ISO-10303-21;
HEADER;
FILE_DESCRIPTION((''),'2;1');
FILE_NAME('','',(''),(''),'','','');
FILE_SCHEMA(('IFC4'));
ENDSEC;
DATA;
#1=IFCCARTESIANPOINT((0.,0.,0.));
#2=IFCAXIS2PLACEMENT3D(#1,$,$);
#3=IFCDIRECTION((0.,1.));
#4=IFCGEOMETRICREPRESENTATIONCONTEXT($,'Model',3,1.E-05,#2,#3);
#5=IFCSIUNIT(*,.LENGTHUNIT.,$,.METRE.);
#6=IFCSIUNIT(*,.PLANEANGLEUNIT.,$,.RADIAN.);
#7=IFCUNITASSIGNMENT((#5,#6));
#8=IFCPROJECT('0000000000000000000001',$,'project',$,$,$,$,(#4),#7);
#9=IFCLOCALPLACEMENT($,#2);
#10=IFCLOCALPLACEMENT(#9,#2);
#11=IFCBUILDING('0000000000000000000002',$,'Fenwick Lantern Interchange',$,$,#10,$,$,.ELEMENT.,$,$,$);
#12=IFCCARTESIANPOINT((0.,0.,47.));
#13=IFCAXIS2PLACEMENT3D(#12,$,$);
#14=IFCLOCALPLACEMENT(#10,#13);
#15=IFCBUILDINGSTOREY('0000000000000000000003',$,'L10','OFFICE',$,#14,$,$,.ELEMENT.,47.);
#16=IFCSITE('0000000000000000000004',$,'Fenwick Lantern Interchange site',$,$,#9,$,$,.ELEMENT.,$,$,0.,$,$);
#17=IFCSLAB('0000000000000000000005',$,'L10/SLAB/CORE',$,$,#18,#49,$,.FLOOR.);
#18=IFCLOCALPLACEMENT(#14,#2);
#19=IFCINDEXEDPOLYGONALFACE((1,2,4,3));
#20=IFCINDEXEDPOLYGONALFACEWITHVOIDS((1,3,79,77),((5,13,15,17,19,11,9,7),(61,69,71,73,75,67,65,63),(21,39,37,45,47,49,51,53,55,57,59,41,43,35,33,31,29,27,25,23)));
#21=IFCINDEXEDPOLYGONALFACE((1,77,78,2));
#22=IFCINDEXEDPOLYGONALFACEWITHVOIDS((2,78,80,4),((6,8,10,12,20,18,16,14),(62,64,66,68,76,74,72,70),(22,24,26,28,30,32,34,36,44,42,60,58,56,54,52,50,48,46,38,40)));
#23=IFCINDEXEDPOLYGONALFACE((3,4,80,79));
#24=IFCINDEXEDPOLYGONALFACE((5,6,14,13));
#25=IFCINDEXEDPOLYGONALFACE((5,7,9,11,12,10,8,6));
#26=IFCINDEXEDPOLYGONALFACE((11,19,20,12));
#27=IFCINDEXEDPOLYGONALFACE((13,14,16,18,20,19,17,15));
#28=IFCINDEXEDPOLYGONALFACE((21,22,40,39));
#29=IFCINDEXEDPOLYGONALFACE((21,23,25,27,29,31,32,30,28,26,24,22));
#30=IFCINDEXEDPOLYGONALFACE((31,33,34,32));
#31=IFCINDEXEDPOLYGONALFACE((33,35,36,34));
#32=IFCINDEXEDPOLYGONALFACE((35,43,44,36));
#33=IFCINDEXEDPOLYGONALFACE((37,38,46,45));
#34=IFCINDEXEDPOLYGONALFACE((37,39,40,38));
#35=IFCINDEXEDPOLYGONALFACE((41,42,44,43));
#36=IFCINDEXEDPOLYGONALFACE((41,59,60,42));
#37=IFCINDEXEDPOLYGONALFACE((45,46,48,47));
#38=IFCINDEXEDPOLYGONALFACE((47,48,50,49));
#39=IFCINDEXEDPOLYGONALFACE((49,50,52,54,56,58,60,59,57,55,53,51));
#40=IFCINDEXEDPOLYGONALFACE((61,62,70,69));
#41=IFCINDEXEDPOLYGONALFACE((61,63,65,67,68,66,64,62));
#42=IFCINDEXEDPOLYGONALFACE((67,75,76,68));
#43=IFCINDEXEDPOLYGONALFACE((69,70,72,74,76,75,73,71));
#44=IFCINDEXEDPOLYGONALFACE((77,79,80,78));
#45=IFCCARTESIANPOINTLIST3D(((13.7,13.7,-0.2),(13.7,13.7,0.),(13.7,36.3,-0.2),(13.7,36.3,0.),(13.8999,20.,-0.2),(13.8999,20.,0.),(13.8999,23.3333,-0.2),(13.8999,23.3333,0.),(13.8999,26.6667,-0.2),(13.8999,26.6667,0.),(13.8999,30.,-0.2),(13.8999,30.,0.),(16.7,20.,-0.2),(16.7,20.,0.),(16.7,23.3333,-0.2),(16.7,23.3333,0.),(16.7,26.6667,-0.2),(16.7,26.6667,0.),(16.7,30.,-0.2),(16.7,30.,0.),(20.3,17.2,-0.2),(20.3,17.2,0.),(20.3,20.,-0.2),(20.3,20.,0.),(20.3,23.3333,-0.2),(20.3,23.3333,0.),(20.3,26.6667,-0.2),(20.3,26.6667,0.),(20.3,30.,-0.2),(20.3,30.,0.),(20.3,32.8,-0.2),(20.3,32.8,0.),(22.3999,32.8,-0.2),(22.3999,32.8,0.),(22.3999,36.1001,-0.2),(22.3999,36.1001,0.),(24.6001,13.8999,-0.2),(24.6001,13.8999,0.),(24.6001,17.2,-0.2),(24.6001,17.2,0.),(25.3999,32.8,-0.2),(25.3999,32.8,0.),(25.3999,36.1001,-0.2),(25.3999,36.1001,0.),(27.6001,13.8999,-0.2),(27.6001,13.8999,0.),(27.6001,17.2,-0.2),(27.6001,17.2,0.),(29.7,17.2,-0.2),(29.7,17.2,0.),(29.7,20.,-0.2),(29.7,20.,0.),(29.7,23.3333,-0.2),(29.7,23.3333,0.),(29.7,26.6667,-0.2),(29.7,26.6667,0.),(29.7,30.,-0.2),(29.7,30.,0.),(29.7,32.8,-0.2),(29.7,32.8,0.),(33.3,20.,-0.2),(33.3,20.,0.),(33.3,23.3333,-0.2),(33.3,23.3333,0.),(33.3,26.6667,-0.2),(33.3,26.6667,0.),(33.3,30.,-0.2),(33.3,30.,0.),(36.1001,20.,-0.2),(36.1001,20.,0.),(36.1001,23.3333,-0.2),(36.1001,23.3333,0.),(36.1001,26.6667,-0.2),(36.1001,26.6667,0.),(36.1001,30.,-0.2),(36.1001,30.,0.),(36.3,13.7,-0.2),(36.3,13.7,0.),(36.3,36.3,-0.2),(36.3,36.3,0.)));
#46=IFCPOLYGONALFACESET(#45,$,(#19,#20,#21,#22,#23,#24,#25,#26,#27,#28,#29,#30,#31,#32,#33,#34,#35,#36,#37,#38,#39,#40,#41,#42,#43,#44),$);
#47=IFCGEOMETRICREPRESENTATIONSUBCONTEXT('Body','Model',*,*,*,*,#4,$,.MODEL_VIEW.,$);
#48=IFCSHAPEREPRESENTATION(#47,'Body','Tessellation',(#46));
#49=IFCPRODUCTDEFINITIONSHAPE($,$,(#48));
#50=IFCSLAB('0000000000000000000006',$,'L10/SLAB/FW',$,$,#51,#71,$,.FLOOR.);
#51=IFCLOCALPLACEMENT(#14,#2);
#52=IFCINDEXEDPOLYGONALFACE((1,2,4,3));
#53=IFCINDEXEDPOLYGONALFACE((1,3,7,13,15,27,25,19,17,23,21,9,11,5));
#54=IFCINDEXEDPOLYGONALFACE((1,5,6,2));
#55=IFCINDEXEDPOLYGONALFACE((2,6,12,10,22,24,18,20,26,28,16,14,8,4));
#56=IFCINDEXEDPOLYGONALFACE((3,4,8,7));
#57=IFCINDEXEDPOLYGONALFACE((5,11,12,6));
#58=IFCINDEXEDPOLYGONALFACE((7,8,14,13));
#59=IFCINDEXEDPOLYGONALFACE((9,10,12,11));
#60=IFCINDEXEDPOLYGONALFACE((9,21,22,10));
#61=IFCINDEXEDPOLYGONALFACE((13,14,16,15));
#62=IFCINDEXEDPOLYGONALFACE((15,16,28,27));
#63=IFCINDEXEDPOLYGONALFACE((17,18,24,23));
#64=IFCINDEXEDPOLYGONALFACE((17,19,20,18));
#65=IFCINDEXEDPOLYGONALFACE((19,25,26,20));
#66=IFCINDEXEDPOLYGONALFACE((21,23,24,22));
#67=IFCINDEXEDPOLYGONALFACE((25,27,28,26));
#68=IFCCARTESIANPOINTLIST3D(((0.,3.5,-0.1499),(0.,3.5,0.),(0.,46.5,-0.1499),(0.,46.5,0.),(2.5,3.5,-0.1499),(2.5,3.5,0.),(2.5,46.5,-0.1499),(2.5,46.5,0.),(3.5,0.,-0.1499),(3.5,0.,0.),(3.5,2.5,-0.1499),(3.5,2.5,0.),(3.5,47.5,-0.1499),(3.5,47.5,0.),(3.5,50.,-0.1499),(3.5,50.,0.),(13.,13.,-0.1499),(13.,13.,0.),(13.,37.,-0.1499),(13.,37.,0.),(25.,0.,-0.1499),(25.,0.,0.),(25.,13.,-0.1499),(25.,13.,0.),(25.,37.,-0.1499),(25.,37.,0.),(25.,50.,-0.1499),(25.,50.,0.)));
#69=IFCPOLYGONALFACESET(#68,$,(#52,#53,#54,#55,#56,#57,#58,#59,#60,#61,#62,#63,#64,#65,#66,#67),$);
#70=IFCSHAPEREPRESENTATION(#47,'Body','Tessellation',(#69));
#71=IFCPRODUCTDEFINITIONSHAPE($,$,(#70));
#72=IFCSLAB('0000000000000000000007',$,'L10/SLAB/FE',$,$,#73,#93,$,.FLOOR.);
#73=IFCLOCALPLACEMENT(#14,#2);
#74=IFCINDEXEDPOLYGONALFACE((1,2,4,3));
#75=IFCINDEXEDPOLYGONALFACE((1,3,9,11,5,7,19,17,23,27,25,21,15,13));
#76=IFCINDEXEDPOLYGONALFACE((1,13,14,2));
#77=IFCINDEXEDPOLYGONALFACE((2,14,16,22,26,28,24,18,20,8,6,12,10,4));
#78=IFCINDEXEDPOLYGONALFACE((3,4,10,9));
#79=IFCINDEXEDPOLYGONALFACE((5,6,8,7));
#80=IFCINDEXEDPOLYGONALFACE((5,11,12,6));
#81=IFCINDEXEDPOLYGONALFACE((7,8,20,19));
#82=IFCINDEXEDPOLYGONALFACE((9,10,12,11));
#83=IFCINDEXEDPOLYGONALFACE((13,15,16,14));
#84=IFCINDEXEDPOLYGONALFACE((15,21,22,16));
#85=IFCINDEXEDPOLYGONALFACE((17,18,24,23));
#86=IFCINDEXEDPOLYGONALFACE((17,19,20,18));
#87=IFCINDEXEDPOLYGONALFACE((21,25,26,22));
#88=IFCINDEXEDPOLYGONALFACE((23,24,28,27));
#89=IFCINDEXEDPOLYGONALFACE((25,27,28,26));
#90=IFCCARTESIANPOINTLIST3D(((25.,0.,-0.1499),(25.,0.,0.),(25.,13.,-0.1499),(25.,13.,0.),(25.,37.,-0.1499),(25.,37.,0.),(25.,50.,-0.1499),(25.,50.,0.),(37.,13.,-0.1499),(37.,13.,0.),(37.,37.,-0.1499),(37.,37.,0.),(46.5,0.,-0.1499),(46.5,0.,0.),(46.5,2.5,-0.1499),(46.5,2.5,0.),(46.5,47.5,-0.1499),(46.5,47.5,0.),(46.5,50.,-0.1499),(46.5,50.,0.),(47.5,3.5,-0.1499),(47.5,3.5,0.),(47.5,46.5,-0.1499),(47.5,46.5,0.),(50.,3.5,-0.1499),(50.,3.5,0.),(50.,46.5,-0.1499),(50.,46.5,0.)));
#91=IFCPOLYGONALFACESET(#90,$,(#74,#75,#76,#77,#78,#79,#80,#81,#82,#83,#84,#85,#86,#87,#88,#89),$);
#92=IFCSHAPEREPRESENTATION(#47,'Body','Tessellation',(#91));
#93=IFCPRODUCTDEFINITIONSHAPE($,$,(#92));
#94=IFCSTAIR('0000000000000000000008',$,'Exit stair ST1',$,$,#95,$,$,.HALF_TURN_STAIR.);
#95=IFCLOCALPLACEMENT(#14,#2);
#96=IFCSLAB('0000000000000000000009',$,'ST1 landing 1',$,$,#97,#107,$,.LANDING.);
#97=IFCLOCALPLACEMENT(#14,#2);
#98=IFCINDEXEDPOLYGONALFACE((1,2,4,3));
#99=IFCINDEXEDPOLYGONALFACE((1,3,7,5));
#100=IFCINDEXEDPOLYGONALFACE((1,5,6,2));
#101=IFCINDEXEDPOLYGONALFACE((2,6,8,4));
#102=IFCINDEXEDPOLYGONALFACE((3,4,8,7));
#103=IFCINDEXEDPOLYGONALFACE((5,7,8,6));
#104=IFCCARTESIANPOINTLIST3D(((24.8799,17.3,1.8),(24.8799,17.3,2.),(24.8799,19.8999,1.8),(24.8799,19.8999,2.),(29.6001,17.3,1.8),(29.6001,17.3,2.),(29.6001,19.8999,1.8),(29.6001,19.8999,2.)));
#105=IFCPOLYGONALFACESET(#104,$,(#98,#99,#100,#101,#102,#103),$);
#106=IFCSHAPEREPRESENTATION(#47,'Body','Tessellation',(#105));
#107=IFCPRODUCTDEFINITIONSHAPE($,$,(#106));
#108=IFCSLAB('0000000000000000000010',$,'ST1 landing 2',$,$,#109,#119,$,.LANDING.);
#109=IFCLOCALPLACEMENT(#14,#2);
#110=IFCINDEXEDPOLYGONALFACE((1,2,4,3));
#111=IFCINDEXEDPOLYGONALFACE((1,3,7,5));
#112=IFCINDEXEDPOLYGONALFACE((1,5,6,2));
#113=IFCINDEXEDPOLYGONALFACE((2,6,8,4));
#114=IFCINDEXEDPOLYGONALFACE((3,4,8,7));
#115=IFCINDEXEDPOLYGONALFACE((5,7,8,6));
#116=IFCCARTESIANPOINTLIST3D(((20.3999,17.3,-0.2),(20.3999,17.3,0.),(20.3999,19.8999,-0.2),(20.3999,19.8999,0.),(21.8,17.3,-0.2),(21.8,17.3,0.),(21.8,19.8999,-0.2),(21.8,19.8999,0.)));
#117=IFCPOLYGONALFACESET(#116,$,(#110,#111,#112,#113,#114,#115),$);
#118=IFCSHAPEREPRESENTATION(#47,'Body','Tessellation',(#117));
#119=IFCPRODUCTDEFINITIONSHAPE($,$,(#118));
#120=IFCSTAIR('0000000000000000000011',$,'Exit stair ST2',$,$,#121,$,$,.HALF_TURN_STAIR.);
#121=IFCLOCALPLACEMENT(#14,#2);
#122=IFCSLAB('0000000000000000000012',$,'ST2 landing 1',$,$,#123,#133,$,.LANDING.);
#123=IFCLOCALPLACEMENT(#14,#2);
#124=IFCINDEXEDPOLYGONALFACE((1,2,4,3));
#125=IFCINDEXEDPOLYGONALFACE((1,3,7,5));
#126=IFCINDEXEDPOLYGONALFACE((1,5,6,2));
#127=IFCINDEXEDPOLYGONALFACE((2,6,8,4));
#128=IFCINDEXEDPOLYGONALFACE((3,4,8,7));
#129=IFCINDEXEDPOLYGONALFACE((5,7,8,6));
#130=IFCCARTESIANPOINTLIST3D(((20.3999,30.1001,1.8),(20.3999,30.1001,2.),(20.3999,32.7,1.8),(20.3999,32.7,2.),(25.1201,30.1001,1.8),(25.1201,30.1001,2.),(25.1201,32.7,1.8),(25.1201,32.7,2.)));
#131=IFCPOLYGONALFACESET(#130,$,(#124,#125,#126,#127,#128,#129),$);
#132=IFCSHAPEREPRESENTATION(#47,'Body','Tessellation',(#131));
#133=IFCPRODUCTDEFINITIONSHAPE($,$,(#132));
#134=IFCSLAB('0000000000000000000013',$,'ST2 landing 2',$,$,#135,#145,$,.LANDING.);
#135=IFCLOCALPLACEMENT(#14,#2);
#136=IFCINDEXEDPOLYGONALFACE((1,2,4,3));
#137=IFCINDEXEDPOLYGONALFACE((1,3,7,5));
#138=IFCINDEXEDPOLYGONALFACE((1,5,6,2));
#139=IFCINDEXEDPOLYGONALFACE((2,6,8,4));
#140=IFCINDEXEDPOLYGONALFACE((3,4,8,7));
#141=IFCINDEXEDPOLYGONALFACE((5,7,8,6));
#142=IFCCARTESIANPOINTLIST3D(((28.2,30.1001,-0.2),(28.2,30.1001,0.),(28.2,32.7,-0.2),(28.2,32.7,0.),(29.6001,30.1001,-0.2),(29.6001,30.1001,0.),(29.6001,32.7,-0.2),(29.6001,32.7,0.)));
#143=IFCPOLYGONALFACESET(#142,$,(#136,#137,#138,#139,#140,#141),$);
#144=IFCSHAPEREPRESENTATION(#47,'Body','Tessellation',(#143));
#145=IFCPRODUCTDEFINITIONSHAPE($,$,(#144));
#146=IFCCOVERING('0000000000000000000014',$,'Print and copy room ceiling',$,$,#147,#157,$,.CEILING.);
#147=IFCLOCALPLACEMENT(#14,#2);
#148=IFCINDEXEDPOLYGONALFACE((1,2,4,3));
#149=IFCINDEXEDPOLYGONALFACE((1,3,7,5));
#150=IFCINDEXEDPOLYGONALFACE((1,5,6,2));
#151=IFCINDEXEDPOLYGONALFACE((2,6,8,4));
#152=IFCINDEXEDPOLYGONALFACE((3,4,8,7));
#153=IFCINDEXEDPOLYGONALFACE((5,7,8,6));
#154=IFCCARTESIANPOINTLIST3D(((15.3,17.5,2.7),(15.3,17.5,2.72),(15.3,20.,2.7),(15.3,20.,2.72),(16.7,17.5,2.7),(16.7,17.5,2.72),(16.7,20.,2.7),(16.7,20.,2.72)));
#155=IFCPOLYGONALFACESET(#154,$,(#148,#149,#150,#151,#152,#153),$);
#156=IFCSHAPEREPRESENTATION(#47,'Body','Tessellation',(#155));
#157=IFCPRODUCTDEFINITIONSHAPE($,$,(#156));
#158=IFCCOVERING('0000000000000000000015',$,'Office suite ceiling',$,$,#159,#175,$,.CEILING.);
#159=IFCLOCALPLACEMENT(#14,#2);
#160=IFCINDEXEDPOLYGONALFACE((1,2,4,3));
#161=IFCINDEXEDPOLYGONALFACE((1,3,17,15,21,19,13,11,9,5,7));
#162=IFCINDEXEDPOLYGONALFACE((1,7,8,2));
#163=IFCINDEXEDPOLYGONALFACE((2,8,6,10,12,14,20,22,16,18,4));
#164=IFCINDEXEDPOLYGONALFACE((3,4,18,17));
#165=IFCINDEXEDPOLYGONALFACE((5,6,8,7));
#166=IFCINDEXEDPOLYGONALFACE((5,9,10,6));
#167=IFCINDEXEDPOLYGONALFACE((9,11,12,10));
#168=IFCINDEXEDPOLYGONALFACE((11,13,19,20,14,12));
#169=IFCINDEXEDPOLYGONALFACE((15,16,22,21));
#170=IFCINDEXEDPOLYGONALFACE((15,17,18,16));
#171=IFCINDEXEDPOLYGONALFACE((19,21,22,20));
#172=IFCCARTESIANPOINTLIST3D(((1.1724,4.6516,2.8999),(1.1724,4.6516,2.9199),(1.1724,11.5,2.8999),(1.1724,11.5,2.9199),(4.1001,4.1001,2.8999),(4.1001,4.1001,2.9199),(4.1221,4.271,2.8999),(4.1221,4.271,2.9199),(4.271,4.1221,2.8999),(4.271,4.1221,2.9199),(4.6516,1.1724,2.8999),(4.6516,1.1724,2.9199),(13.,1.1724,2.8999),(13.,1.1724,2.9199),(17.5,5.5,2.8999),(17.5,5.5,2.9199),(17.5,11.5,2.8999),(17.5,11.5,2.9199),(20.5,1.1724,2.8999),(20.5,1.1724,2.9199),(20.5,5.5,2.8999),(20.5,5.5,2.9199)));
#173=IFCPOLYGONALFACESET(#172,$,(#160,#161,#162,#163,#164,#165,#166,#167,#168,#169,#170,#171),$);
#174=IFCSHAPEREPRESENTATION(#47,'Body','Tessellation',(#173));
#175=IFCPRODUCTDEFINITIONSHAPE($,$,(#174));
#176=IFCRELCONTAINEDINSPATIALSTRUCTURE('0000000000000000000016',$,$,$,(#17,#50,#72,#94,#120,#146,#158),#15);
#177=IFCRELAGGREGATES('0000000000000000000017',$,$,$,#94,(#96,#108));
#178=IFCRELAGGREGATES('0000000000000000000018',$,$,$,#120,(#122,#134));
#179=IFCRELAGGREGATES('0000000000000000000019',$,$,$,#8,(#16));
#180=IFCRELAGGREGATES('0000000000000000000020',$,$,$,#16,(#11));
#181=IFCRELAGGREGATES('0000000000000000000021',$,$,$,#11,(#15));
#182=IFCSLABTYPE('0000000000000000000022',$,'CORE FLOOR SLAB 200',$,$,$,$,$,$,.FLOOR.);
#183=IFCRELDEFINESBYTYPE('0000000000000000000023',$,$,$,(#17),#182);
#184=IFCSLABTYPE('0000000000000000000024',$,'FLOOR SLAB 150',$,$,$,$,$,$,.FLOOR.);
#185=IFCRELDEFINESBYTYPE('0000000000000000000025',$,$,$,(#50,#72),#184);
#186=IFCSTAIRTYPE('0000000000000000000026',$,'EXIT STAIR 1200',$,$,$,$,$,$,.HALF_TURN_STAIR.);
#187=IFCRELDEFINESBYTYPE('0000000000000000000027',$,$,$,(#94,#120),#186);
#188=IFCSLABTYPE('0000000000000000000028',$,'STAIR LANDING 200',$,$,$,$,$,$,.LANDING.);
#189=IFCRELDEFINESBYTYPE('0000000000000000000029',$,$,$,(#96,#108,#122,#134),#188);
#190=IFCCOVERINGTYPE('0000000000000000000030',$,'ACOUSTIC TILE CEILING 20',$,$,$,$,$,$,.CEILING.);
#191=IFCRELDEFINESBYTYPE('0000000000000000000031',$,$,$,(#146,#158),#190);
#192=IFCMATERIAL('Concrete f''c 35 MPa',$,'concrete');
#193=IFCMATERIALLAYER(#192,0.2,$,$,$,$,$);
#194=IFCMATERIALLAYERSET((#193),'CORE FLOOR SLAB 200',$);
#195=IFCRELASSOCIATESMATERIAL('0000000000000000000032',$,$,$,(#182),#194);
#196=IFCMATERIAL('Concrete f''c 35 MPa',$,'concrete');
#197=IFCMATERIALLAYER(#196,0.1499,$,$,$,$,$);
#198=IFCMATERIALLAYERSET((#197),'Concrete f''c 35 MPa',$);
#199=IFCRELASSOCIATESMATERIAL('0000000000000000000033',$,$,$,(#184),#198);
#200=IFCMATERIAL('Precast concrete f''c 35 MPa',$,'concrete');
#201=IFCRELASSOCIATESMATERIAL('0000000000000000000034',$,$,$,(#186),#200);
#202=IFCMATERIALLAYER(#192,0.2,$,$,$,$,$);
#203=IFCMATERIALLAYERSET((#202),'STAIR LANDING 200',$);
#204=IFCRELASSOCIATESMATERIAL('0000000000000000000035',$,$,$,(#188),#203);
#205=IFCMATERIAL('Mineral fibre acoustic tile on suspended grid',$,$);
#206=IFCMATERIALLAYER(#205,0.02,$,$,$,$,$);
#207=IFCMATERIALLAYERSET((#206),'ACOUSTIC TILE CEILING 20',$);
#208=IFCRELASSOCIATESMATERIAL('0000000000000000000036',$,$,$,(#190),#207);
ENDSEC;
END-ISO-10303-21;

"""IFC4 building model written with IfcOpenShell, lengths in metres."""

from ifc_helpers import new_model, si_unit, direction, frame, origin, place, context, subcontext, project, spatial, polyline, outline, extrude, material, layer, layer_set, type_object, element, aggregate, save


model = new_model("IFC4")

# Units and contexts
model_context = context("Model", 3, precision=1e-05, world=origin(), true_north=direction((0.0, 1.0)))
body_context = subcontext(model_context, "Body", "Model", "MODEL_VIEW")
ifc_project = project(units=[si_unit("LENGTHUNIT", "METRE"), si_unit("PLANEANGLEUNIT", "RADIAN")], contexts=[model_context])

# Site, building, storey
site_placement = place(None, origin())
site = spatial("IfcSite", under=ifc_project, at=site_placement, Name="Fenwick Lantern Interchange site", CompositionType="ELEMENT", RefElevation=0.0)
building_placement = place(site_placement, origin())
building = spatial("IfcBuilding", under=site, at=building_placement, Name="Fenwick Lantern Interchange", CompositionType="ELEMENT")
storey_placement = place(building_placement, frame((0.0, 0.0, 47.0)))
storey = spatial("IfcBuildingStorey", under=building, at=storey_placement, Name="L10", Description="OFFICE", CompositionType="ELEMENT", Elevation=47.0)

# Slabs
ifc_material_1 = material(Name="Concrete f'c 35 MPa", Category="concrete")
ifc_layer_1 = layer(ifc_material_1, 0.2)
ifc_layer_set_1 = layer_set([ifc_layer_1], Name="CORE FLOOR SLAB 200")
slab_type_1 = type_object("IfcSlabType", Name="CORE FLOOR SLAB 200", PredefinedType="FLOOR", material=ifc_layer_set_1)
slab_1_placement = place(storey_placement, frame((0.0, 0.0, -0.2)))
element("IfcSlab", 1, at=slab_1_placement, inside=storey, type_object=slab_type_1, Name="L10/SLAB/CORE", PredefinedType="FLOOR", context=body_context, shape_type="SweptSolid", body=[
    extrude(outline(polyline([(13.7, 36.3), (36.3, 36.3), (36.3, 13.7), (13.7, 13.7), (13.7, 36.3)]), holes=[polyline([(13.8999, 20.0), (16.7, 20.0), (16.7, 23.3333), (16.7, 26.6667), (16.7, 30.0), (13.8999, 30.0), (13.8999, 26.6667), (13.8999, 23.3333), (13.8999, 20.0)]), polyline([(20.3, 20.0), (20.3, 17.2), (24.6001, 17.2), (24.6001, 13.8999), (27.6001, 13.8999), (27.6001, 17.2), (29.7, 17.2), (29.7, 20.0), (29.7, 23.3333), (29.7, 26.6667), (29.7, 30.0), (29.7, 32.8), (25.3999, 32.8), (25.3999, 36.1001), (22.3999, 36.1001), (22.3999, 32.8), (20.3, 32.8), (20.3, 30.0), (20.3, 26.6667), (20.3, 23.3333), (20.3, 20.0)]), polyline([(33.3, 23.3333), (33.3, 20.0), (36.1001, 20.0), (36.1001, 23.3333), (36.1001, 26.6667), (36.1001, 30.0), (33.3, 30.0), (33.3, 26.6667), (33.3, 23.3333)])]), origin(), (0.0, 0.0, 1.0), 0.2),
])
ifc_material_2 = material(Name="Concrete f'c 35 MPa", Category="concrete")
ifc_layer_2 = layer(ifc_material_2, 0.1499)
ifc_layer_set_2 = layer_set([ifc_layer_2], Name="Concrete f'c 35 MPa")
slab_type_2 = type_object("IfcSlabType", Name="FLOOR SLAB 150", PredefinedType="FLOOR", material=ifc_layer_set_2)
slab_2_placement = place(storey_placement, frame((0.0, 0.0, -0.1499)))
element("IfcSlab", 2, at=slab_2_placement, inside=storey, type_object=slab_type_2, Name="L10/SLAB/FW", PredefinedType="FLOOR", context=body_context, shape_type="SweptSolid", body=[
    extrude(outline(polyline([(3.5, 0.0), (3.5, 2.5), (2.5, 3.5), (0.0, 3.5), (0.0, 46.5), (2.5, 46.5), (3.5, 47.5), (3.5, 50.0), (25.0, 50.0), (25.0, 37.0), (13.0, 37.0), (13.0, 13.0), (25.0, 13.0), (25.0, 0.0), (3.5, 0.0)])), origin(), (0.0, 0.0, 1.0), 0.1499),
])
slab_3_placement = place(storey_placement, frame((0.0, 0.0, -0.1499)))
element("IfcSlab", 3, at=slab_3_placement, inside=storey, type_object=slab_type_2, Name="L10/SLAB/FE", PredefinedType="FLOOR", context=body_context, shape_type="SweptSolid", body=[
    extrude(outline(polyline([(46.5, 50.0), (46.5, 47.5), (47.5, 46.5), (50.0, 46.5), (50.0, 3.5), (47.5, 3.5), (46.5, 2.5), (46.5, 0.0), (25.0, 0.0), (25.0, 13.0), (37.0, 13.0), (37.0, 37.0), (25.0, 37.0), (25.0, 50.0), (46.5, 50.0)])), origin(), (0.0, 0.0, 1.0), 0.1499),
])

# Stairs, slabs
ifc_material_3 = material(Name="Precast concrete f'c 35 MPa", Category="concrete")
stair_type = type_object("IfcStairType", Name="EXIT STAIR 1200", PredefinedType="HALF_TURN_STAIR", material=ifc_material_3)
stair_1_placement = place(storey_placement, origin())
stair_1 = element("IfcStair", 4, at=stair_1_placement, inside=storey, type_object=stair_type, Name="Exit stair ST1", PredefinedType="HALF_TURN_STAIR")
ifc_layer_3 = layer(ifc_material_1, 0.2)
ifc_layer_set_3 = layer_set([ifc_layer_3], Name="STAIR LANDING 200")
slab_type_3 = type_object("IfcSlabType", Name="STAIR LANDING 200", PredefinedType="LANDING", material=ifc_layer_set_3)
slab_4_placement = place(storey_placement, frame((0.0, 0.0, 1.8)))
slab_4 = element("IfcSlab", 5, at=slab_4_placement, type_object=slab_type_3, Name="ST1 landing 1", PredefinedType="LANDING", context=body_context, shape_type="SweptSolid", body=[
    extrude(outline(polyline([(24.8799, 17.3), (29.6001, 17.3), (29.6001, 19.8999), (24.8799, 19.8999), (24.8799, 17.3)])), origin(), (0.0, 0.0, 1.0), 0.2),
])
slab_5_placement = place(storey_placement, frame((0.0, 0.0, -0.2)))
slab_5 = element("IfcSlab", 6, at=slab_5_placement, type_object=slab_type_3, Name="ST1 landing 2", PredefinedType="LANDING", context=body_context, shape_type="SweptSolid", body=[
    extrude(outline(polyline([(20.3999, 17.3), (21.8, 17.3), (21.8, 19.8999), (20.3999, 19.8999), (20.3999, 17.3)])), origin(), (0.0, 0.0, 1.0), 0.2),
])
aggregate(stair_1, [slab_4, slab_5])
stair_2_placement = place(storey_placement, origin())
stair_2 = element("IfcStair", 7, at=stair_2_placement, inside=storey, type_object=stair_type, Name="Exit stair ST2", PredefinedType="HALF_TURN_STAIR")
slab_6_placement = place(storey_placement, frame((0.0, 0.0, 1.8)))
slab_6 = element("IfcSlab", 8, at=slab_6_placement, type_object=slab_type_3, Name="ST2 landing 1", PredefinedType="LANDING", context=body_context, shape_type="SweptSolid", body=[
    extrude(outline(polyline([(25.1201, 32.7), (20.3999, 32.7), (20.3999, 30.1001), (25.1201, 30.1001), (25.1201, 32.7)])), origin(), (0.0, 0.0, 1.0), 0.2),
])
slab_7_placement = place(storey_placement, frame((0.0, 0.0, -0.2)))
slab_7 = element("IfcSlab", 9, at=slab_7_placement, type_object=slab_type_3, Name="ST2 landing 2", PredefinedType="LANDING", context=body_context, shape_type="SweptSolid", body=[
    extrude(outline(polyline([(29.6001, 32.7), (28.2, 32.7), (28.2, 30.1001), (29.6001, 30.1001), (29.6001, 32.7)])), origin(), (0.0, 0.0, 1.0), 0.2),
])
aggregate(stair_2, [slab_6, slab_7])

# Coverings
ifc_material_4 = material(Name="Mineral fibre acoustic tile on suspended grid")
ifc_layer_4 = layer(ifc_material_4, 0.02)
ifc_layer_set_4 = layer_set([ifc_layer_4], Name="ACOUSTIC TILE CEILING 20")
covering_type_1 = type_object("IfcCoveringType", Name="ACOUSTIC TILE CEILING 20", PredefinedType="CEILING", material=ifc_layer_set_4)
covering_1_placement = place(storey_placement, frame((0.0, 0.0, 2.7)))
element("IfcCovering", 10, at=covering_1_placement, inside=storey, type_object=covering_type_1, Name="Print and copy room ceiling", PredefinedType="CEILING", context=body_context, shape_type="SweptSolid", body=[
    extrude(outline(polyline([(15.3, 17.5), (16.7, 17.5), (16.7, 20.0), (15.3, 20.0), (15.3, 17.5)])), origin(), (0.0, 0.0, 1.0), 0.02),
])
covering_2_placement = place(storey_placement, frame((0.0, 0.0, 2.8999)))
element("IfcCovering", 11, at=covering_2_placement, inside=storey, type_object=covering_type_1, Name="Office suite ceiling", PredefinedType="CEILING", context=body_context, shape_type="SweptSolid", body=[
    extrude(outline(polyline([(20.5, 1.1724), (20.5, 5.5), (17.5, 5.5), (17.5, 11.5), (1.1724, 11.5), (1.1724, 4.6516), (4.1221, 4.271), (4.1001, 4.1001), (4.271, 4.1221), (4.6516, 1.1724), (13.0, 1.1724), (20.5, 1.1724)])), origin(), (0.0, 0.0, 1.0), 0.02),
])

save(model, "model.ifc")
